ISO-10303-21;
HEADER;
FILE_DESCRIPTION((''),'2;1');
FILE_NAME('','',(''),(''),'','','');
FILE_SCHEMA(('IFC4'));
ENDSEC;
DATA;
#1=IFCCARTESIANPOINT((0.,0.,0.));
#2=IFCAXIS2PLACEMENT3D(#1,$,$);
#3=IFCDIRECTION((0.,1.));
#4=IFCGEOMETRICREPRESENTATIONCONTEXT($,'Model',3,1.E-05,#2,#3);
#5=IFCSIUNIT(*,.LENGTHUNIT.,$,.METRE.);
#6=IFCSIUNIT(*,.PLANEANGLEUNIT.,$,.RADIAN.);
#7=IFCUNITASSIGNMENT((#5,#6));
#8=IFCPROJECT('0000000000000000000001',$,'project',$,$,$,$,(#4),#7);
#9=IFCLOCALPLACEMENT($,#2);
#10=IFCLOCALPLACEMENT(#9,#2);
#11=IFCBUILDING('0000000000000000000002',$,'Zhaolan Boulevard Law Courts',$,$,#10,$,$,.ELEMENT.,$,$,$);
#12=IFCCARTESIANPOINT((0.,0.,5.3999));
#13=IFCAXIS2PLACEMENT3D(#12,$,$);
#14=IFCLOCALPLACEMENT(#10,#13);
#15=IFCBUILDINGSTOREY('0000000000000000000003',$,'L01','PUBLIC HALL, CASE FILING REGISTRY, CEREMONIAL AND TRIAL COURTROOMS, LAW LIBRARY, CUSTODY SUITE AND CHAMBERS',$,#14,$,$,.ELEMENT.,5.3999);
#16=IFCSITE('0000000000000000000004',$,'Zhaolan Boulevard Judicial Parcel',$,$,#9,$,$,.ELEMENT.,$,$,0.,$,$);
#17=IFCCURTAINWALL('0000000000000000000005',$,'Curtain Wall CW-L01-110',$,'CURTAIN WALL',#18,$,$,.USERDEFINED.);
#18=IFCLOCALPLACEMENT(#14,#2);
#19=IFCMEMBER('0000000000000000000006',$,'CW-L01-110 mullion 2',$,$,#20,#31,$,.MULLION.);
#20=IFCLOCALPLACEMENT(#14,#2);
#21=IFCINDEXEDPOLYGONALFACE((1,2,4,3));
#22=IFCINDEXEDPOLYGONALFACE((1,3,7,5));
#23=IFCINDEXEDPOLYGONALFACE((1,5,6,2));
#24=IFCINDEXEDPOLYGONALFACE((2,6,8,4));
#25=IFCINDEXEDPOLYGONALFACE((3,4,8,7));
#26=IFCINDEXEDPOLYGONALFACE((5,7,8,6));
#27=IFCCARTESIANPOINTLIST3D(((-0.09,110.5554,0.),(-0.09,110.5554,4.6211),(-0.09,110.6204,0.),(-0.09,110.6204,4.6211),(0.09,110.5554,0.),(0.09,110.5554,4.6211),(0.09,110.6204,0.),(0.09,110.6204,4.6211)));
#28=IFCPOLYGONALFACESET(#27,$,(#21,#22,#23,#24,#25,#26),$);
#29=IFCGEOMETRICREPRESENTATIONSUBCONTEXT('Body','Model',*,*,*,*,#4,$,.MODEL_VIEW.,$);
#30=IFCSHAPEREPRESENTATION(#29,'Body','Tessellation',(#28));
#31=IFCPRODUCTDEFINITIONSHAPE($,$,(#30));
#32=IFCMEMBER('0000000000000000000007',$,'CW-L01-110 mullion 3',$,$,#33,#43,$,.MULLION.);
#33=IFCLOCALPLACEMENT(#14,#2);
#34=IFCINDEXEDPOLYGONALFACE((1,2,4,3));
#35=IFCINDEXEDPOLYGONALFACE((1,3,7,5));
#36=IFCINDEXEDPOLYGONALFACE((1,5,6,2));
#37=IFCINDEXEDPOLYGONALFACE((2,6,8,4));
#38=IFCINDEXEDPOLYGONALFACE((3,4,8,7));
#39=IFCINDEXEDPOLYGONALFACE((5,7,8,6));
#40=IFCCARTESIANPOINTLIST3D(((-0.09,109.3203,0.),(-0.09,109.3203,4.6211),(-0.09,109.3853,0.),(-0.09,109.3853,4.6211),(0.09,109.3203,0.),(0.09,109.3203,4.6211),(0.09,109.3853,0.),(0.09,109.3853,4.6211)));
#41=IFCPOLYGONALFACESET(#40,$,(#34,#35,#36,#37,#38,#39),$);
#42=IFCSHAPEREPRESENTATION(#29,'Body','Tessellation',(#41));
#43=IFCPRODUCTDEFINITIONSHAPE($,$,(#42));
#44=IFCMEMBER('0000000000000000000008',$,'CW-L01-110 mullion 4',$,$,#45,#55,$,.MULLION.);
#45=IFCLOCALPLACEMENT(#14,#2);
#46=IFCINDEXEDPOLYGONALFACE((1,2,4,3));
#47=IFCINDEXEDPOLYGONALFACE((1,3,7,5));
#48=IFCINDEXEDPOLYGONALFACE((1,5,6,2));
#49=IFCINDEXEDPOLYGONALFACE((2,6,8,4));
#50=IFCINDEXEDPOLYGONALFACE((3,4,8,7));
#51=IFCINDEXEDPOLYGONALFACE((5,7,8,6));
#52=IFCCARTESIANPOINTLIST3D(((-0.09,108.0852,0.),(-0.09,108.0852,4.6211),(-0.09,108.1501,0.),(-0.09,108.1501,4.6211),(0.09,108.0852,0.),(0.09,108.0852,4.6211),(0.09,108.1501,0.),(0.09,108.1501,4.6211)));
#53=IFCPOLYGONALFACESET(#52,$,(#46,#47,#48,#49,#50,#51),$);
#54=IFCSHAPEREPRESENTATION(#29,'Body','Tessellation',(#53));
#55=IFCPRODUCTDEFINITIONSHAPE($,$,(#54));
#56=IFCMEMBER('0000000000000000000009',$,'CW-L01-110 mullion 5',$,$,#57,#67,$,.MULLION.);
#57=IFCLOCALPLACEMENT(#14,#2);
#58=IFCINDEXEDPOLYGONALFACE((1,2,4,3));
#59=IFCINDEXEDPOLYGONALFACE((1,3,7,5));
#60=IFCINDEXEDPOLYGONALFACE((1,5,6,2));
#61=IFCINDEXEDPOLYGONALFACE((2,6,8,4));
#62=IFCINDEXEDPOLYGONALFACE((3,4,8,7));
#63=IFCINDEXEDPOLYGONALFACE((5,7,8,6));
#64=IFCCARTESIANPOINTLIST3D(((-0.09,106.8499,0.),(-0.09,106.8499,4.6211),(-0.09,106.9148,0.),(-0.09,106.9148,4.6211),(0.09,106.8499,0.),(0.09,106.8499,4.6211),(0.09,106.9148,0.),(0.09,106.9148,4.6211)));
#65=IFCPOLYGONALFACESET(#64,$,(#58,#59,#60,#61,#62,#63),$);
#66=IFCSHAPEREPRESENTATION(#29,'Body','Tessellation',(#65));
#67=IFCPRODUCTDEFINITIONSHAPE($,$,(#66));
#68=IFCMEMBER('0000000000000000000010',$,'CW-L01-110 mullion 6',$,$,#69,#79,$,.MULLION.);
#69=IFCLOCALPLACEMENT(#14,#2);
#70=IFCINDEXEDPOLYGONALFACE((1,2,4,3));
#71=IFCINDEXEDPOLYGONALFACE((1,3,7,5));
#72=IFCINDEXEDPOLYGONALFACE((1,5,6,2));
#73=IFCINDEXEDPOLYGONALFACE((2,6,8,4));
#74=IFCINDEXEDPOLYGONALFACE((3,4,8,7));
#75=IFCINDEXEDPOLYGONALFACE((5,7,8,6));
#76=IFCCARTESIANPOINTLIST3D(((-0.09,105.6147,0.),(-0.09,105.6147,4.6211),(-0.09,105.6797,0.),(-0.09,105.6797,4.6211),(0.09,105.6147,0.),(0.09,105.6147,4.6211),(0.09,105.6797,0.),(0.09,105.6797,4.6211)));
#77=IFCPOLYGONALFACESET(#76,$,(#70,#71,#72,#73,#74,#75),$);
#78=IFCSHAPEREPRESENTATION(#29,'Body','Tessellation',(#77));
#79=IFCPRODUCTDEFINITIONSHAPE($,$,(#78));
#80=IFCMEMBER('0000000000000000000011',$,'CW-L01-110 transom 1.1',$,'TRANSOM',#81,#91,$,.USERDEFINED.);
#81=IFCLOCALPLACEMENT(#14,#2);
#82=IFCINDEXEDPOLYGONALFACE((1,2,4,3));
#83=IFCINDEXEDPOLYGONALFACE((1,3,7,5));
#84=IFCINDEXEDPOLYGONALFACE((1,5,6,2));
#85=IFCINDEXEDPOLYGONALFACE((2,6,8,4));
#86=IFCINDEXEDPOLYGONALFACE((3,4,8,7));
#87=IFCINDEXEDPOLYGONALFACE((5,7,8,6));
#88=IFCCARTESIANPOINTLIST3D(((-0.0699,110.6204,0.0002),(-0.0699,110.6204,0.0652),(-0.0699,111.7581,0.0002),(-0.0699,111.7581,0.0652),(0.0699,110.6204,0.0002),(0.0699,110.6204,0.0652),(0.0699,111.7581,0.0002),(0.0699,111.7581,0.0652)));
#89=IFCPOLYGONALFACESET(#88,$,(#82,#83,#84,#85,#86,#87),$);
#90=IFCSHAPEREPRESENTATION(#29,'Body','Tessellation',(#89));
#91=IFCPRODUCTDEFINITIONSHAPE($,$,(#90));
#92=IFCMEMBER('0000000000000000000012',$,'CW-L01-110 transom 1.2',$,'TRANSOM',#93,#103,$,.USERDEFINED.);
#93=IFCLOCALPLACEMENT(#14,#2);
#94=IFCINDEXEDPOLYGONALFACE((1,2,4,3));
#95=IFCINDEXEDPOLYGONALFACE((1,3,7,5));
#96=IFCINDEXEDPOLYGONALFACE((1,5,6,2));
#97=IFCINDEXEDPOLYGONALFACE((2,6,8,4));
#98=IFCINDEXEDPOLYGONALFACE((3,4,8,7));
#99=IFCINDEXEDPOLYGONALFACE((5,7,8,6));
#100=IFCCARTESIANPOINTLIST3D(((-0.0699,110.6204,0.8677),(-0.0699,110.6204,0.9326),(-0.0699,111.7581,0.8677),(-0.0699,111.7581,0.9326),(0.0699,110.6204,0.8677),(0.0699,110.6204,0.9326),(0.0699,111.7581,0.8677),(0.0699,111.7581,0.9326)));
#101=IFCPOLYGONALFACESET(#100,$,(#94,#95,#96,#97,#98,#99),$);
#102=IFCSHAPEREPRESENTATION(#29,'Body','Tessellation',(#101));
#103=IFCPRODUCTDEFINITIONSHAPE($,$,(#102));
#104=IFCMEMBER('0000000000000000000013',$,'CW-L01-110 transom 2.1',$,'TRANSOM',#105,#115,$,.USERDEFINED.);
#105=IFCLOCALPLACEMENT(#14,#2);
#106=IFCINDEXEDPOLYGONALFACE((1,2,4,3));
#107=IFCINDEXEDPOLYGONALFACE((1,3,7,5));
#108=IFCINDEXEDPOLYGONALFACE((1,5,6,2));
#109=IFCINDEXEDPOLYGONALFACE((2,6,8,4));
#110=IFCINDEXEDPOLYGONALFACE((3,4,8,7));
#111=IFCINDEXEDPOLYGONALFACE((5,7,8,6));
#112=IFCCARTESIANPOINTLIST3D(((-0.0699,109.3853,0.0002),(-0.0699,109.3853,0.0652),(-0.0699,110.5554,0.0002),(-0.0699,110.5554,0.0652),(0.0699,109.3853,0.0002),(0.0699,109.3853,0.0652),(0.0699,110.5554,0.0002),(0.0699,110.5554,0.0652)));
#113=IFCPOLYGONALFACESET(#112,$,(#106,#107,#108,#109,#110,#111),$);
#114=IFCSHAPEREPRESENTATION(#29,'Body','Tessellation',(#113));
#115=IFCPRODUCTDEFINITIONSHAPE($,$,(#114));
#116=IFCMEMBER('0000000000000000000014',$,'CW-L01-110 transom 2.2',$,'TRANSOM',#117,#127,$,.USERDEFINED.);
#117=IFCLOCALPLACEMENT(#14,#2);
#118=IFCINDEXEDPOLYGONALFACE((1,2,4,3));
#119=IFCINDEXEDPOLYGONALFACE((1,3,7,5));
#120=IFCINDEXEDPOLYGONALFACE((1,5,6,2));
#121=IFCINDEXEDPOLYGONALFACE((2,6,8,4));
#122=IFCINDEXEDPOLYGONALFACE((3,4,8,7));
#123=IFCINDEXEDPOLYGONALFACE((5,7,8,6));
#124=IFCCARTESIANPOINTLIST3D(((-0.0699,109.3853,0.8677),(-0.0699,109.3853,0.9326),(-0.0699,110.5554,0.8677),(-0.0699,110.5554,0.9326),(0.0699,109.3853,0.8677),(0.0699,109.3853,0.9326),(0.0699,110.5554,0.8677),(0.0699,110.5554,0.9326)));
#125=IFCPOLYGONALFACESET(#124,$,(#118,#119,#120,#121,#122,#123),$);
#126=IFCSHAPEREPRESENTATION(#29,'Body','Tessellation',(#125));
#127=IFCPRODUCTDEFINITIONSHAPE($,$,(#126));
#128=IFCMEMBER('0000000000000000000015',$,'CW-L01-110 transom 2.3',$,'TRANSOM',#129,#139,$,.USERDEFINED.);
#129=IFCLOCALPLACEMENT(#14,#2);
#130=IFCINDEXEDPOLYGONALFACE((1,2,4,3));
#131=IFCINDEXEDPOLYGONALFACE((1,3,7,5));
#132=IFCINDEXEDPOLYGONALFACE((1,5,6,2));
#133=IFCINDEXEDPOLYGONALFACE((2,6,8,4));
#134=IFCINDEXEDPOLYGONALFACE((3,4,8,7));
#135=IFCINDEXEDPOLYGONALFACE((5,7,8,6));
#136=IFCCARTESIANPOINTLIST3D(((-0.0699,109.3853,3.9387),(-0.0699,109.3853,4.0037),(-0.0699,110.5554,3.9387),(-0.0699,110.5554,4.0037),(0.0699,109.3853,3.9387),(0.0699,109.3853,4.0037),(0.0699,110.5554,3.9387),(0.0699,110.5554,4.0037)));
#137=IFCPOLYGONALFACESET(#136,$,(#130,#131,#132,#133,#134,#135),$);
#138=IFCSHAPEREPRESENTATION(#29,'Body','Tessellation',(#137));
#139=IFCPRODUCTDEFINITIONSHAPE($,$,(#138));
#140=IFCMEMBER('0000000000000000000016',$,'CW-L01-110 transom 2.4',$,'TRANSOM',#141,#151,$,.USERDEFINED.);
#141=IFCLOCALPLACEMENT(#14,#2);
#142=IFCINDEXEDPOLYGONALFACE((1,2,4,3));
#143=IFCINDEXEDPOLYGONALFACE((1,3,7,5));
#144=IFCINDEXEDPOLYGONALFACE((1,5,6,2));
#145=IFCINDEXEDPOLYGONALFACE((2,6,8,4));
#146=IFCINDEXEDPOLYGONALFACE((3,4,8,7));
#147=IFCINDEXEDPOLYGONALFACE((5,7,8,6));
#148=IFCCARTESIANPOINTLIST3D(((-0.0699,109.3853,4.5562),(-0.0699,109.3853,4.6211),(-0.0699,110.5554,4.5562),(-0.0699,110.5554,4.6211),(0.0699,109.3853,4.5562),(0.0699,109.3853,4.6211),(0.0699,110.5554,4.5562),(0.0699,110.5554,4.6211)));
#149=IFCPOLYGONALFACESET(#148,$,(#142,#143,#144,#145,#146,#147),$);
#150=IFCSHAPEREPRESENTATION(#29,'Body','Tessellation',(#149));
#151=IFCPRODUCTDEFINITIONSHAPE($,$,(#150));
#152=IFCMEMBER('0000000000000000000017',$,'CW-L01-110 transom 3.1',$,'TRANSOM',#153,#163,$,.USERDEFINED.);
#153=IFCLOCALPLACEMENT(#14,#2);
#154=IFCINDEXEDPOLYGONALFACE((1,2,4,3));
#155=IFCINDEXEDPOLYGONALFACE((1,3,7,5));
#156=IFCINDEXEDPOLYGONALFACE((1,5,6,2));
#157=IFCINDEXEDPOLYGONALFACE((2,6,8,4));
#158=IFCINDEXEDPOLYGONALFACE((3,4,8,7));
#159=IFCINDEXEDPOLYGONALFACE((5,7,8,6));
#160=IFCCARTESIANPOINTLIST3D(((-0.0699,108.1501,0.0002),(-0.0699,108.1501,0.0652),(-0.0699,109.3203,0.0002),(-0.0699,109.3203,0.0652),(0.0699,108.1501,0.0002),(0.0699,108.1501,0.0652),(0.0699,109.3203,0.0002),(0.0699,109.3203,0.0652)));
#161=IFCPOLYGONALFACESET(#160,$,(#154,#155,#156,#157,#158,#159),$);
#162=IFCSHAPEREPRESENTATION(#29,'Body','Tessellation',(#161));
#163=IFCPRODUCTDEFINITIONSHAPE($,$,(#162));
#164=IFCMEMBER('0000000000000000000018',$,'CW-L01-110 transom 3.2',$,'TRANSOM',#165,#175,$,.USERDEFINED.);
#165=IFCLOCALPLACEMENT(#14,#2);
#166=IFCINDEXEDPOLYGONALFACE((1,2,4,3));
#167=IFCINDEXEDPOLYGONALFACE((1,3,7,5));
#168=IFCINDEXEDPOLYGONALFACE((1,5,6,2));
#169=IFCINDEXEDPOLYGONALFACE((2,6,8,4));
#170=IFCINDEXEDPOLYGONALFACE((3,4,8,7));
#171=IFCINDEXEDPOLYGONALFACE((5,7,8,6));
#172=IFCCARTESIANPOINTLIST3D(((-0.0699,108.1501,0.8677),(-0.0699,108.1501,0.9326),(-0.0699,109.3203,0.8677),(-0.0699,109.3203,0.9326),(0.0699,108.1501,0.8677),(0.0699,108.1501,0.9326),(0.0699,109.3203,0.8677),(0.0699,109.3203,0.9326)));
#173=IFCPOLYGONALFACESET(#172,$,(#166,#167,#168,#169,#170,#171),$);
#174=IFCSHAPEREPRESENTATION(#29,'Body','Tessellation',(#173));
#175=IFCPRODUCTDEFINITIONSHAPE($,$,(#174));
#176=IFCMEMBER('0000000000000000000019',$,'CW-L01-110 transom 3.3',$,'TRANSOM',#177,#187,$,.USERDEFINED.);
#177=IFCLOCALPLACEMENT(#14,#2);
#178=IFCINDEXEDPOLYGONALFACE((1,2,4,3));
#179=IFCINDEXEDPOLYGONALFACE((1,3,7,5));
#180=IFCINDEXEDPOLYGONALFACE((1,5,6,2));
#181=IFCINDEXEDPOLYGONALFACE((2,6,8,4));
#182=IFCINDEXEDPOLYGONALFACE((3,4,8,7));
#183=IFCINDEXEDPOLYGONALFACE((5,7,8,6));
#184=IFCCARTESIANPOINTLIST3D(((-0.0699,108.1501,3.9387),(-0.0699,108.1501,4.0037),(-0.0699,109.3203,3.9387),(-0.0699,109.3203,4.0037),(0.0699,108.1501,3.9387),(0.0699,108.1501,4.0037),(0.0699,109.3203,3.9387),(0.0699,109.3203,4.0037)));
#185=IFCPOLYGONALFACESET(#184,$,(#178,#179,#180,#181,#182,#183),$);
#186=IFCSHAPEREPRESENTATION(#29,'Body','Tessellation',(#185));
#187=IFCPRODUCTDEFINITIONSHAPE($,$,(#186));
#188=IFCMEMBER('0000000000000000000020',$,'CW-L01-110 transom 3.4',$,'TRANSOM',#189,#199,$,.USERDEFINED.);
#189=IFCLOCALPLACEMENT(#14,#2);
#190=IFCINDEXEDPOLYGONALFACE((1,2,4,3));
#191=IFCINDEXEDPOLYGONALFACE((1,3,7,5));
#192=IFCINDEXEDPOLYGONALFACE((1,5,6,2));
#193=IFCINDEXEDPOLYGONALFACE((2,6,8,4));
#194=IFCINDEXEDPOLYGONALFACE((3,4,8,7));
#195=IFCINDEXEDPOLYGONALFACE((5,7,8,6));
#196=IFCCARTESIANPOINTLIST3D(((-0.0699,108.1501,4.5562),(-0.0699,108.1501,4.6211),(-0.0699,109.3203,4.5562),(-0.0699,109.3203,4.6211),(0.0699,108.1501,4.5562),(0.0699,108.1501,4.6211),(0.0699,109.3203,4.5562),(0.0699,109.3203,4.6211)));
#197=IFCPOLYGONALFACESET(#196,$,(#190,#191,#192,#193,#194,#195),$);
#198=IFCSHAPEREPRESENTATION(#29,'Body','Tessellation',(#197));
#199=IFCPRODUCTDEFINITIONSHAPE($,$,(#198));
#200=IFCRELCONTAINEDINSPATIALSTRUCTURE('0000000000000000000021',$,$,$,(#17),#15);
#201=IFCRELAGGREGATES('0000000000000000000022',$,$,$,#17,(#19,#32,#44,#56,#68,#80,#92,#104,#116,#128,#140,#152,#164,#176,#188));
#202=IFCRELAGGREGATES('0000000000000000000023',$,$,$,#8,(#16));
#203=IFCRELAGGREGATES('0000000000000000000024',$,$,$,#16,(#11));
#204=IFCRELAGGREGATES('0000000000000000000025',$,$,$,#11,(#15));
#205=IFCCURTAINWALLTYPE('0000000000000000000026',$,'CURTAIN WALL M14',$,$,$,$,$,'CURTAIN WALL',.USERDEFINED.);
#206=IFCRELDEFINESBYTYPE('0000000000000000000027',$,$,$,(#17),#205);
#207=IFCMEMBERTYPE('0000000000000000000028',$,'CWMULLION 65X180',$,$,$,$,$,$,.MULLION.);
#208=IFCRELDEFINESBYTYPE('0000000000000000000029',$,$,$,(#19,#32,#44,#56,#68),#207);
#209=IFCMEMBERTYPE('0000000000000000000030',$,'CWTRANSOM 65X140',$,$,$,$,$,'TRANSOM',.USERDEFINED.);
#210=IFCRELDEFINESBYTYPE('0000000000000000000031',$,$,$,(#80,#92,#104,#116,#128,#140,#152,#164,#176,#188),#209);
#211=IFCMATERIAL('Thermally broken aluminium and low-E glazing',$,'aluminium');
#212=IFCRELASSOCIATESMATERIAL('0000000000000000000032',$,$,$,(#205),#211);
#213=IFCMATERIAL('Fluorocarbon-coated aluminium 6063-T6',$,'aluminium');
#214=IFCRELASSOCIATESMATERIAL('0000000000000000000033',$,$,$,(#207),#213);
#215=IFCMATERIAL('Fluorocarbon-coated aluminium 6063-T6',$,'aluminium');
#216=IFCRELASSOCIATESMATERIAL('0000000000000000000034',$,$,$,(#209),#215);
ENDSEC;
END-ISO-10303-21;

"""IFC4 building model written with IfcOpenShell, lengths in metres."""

from ifc_helpers import new_model, si_unit, direction, frame, origin, origin_2d, place, context, subcontext, project, spatial, rectangle, extrude, material, material_profile, profile_set, type_object, element, aggregate, save


model = new_model("IFC4")

# Units and contexts
model_context = context("Model", 3, precision=1e-05, world=origin(), true_north=direction((0.0, 1.0)))
body_context = subcontext(model_context, "Body", "Model", "MODEL_VIEW")
ifc_project = project(units=[si_unit("LENGTHUNIT", "METRE"), si_unit("PLANEANGLEUNIT", "RADIAN")], contexts=[model_context])

# Site, building, storey
site_placement = place(None, origin())
site = spatial("IfcSite", under=ifc_project, at=site_placement, Name="Zhaolan Boulevard Judicial Parcel", CompositionType="ELEMENT", RefElevation=0.0)
building_placement = place(site_placement, origin())
building = spatial("IfcBuilding", under=site, at=building_placement, Name="Zhaolan Boulevard Law Courts", CompositionType="ELEMENT")
storey_placement = place(building_placement, frame((0.0, 0.0, 5.3999)))
storey = spatial("IfcBuildingStorey", under=building, at=storey_placement, Name="L01", Description="PUBLIC HALL, CASE FILING REGISTRY, CEREMONIAL AND TRIAL COURTROOMS, LAW LIBRARY, CUSTODY SUITE AND CHAMBERS", CompositionType="ELEMENT", Elevation=5.3999)

# Curtain wall, members
ifc_material_1 = material(Name="Thermally broken aluminium and low-E glazing", Category="aluminium")
curtain_wall_type = type_object("IfcCurtainWallType", Name="CURTAIN WALL M14", ElementType="CURTAIN WALL", PredefinedType="USERDEFINED", material=ifc_material_1)
curtain_wall_placement = place(storey_placement, origin())
curtain_wall = element("IfcCurtainWall", 1, at=curtain_wall_placement, inside=storey, type_object=curtain_wall_type, Name="Curtain Wall CW-L01-110", ObjectType="CURTAIN WALL", PredefinedType="USERDEFINED")
ifc_material_2 = material(Name="Fluorocarbon-coated aluminium 6063-T6", Category="aluminium")
ifc_material_profile_1 = material_profile(ifc_material_2, rectangle(XDim=0.1799, YDim=0.0649, at=origin_2d()), Name="AL65x180")
ifc_profile_set_1 = profile_set([ifc_material_profile_1], Name="Fluorocarbon-coated aluminium 6063-T6")
member_type_1 = type_object("IfcMemberType", Name="CWMULLION 65X180", PredefinedType="MULLION", material=ifc_profile_set_1)
member_1_placement = place(storey_placement, frame((0.0, 110.5879, 0.0), z_axis=(0.0, 0.0, 1.0), x_axis=(1.0, 0.0, 0.0)))
member_1 = element("IfcMember", 2, at=member_1_placement, type_object=member_type_1, Name="CW-L01-110 mullion 2", PredefinedType="MULLION", context=body_context, shape_type="SweptSolid", body=[
    extrude(rectangle(XDim=0.1799, YDim=0.0649, at=origin_2d()), origin(), (0.0, 0.0, 1.0), 4.6211),
])
member_2_placement = place(storey_placement, frame((0.0, 109.3528, 0.0), z_axis=(0.0, 0.0, 1.0), x_axis=(1.0, 0.0, 0.0)))
member_2 = element("IfcMember", 3, at=member_2_placement, type_object=member_type_1, Name="CW-L01-110 mullion 3", PredefinedType="MULLION", context=body_context, shape_type="SweptSolid", body=[
    extrude(rectangle(XDim=0.1799, YDim=0.0649, at=origin_2d()), origin(), (0.0, 0.0, 1.0), 4.6211),
])
member_3_placement = place(storey_placement, frame((0.0, 108.1177, 0.0), z_axis=(0.0, 0.0, 1.0), x_axis=(1.0, 0.0, 0.0)))
member_3 = element("IfcMember", 4, at=member_3_placement, type_object=member_type_1, Name="CW-L01-110 mullion 4", PredefinedType="MULLION", context=body_context, shape_type="SweptSolid", body=[
    extrude(rectangle(XDim=0.1799, YDim=0.0649, at=origin_2d()), origin(), (0.0, 0.0, 1.0), 4.6211),
])
member_4_placement = place(storey_placement, frame((0.0, 106.8823, 0.0), z_axis=(0.0, 0.0, 1.0), x_axis=(1.0, 0.0, 0.0)))
member_4 = element("IfcMember", 5, at=member_4_placement, type_object=member_type_1, Name="CW-L01-110 mullion 5", PredefinedType="MULLION", context=body_context, shape_type="SweptSolid", body=[
    extrude(rectangle(XDim=0.1799, YDim=0.0649, at=origin_2d()), origin(), (0.0, 0.0, 1.0), 4.6211),
])
member_5_placement = place(storey_placement, frame((0.0, 105.6472, 0.0), z_axis=(0.0, 0.0, 1.0), x_axis=(1.0, 0.0, 0.0)))
member_5 = element("IfcMember", 6, at=member_5_placement, type_object=member_type_1, Name="CW-L01-110 mullion 6", PredefinedType="MULLION", context=body_context, shape_type="SweptSolid", body=[
    extrude(rectangle(XDim=0.1799, YDim=0.0649, at=origin_2d()), origin(), (0.0, 0.0, 1.0), 4.6211),
])
ifc_material_3 = material(Name="Fluorocarbon-coated aluminium 6063-T6", Category="aluminium")
ifc_material_profile_2 = material_profile(ifc_material_3, rectangle(XDim=0.1399, YDim=0.0649, at=origin_2d()), Name="AL65x140")
ifc_profile_set_2 = profile_set([ifc_material_profile_2], Name="Fluorocarbon-coated aluminium 6063-T6")
member_type_2 = type_object("IfcMemberType", Name="CWTRANSOM 65X140", ElementType="TRANSOM", PredefinedType="USERDEFINED", material=ifc_profile_set_2)
member_6_placement = place(storey_placement, frame((0.0, 111.7581, 0.0327), z_axis=(0.0, -1.0, 0.0), x_axis=(1.0, 0.0, 0.0)))
member_6 = element("IfcMember", 7, at=member_6_placement, type_object=member_type_2, Name="CW-L01-110 transom 1.1", ObjectType="TRANSOM", PredefinedType="USERDEFINED", context=body_context, shape_type="SweptSolid", body=[
    extrude(rectangle(XDim=0.1399, YDim=0.0649, at=origin_2d()), origin(), (0.0, 0.0, 1.0), 1.1377),
])
member_7_placement = place(storey_placement, frame((0.0, 111.7581, 0.9001), z_axis=(0.0, -1.0, 0.0), x_axis=(1.0, 0.0, 0.0)))
member_7 = element("IfcMember", 8, at=member_7_placement, type_object=member_type_2, Name="CW-L01-110 transom 1.2", ObjectType="TRANSOM", PredefinedType="USERDEFINED", context=body_context, shape_type="SweptSolid", body=[
    extrude(rectangle(XDim=0.1399, YDim=0.0649, at=origin_2d()), origin(), (0.0, 0.0, 1.0), 1.1377),
])
member_8_placement = place(storey_placement, frame((0.0, 110.5554, 0.0327), z_axis=(0.0, -1.0, 0.0), x_axis=(1.0, 0.0, 0.0)))
member_8 = element("IfcMember", 9, at=member_8_placement, type_object=member_type_2, Name="CW-L01-110 transom 2.1", ObjectType="TRANSOM", PredefinedType="USERDEFINED", context=body_context, shape_type="SweptSolid", body=[
    extrude(rectangle(XDim=0.1399, YDim=0.0649, at=origin_2d()), origin(), (0.0, 0.0, 1.0), 1.1702),
])
member_9_placement = place(storey_placement, frame((0.0, 110.5554, 0.9001), z_axis=(0.0, -1.0, 0.0), x_axis=(1.0, 0.0, 0.0)))
member_9 = element("IfcMember", 10, at=member_9_placement, type_object=member_type_2, Name="CW-L01-110 transom 2.2", ObjectType="TRANSOM", PredefinedType="USERDEFINED", context=body_context, shape_type="SweptSolid", body=[
    extrude(rectangle(XDim=0.1399, YDim=0.0649, at=origin_2d()), origin(), (0.0, 0.0, 1.0), 1.1702),
])
member_10_placement = place(storey_placement, frame((0.0, 110.5554, 3.9712), z_axis=(0.0, -1.0, 0.0), x_axis=(1.0, 0.0, 0.0)))
member_10 = element("IfcMember", 11, at=member_10_placement, type_object=member_type_2, Name="CW-L01-110 transom 2.3", ObjectType="TRANSOM", PredefinedType="USERDEFINED", context=body_context, shape_type="SweptSolid", body=[
    extrude(rectangle(XDim=0.1399, YDim=0.0649, at=origin_2d()), origin(), (0.0, 0.0, 1.0), 1.1702),
])
member_11_placement = place(storey_placement, frame((0.0, 110.5554, 4.5886), z_axis=(0.0, -1.0, 0.0), x_axis=(1.0, 0.0, 0.0)))
member_11 = element("IfcMember", 12, at=member_11_placement, type_object=member_type_2, Name="CW-L01-110 transom 2.4", ObjectType="TRANSOM", PredefinedType="USERDEFINED", context=body_context, shape_type="SweptSolid", body=[
    extrude(rectangle(XDim=0.1399, YDim=0.0649, at=origin_2d()), origin(), (0.0, 0.0, 1.0), 1.1702),
])
member_12_placement = place(storey_placement, frame((0.0, 109.3203, 0.0327), z_axis=(0.0, -1.0, 0.0), x_axis=(1.0, 0.0, 0.0)))
member_12 = element("IfcMember", 13, at=member_12_placement, type_object=member_type_2, Name="CW-L01-110 transom 3.1", ObjectType="TRANSOM", PredefinedType="USERDEFINED", context=body_context, shape_type="SweptSolid", body=[
    extrude(rectangle(XDim=0.1399, YDim=0.0649, at=origin_2d()), origin(), (0.0, 0.0, 1.0), 1.1702),
])
member_13_placement = place(storey_placement, frame((0.0, 109.3203, 0.9001), z_axis=(0.0, -1.0, 0.0), x_axis=(1.0, 0.0, 0.0)))
member_13 = element("IfcMember", 14, at=member_13_placement, type_object=member_type_2, Name="CW-L01-110 transom 3.2", ObjectType="TRANSOM", PredefinedType="USERDEFINED", context=body_context, shape_type="SweptSolid", body=[
    extrude(rectangle(XDim=0.1399, YDim=0.0649, at=origin_2d()), origin(), (0.0, 0.0, 1.0), 1.1702),
])
member_14_placement = place(storey_placement, frame((0.0, 109.3203, 3.9712), z_axis=(0.0, -1.0, 0.0), x_axis=(1.0, 0.0, 0.0)))
member_14 = element("IfcMember", 15, at=member_14_placement, type_object=member_type_2, Name="CW-L01-110 transom 3.3", ObjectType="TRANSOM", PredefinedType="USERDEFINED", context=body_context, shape_type="SweptSolid", body=[
    extrude(rectangle(XDim=0.1399, YDim=0.0649, at=origin_2d()), origin(), (0.0, 0.0, 1.0), 1.1702),
])
member_15_placement = place(storey_placement, frame((0.0, 109.3203, 4.5886), z_axis=(0.0, -1.0, 0.0), x_axis=(1.0, 0.0, 0.0)))
member_15 = element("IfcMember", 16, at=member_15_placement, type_object=member_type_2, Name="CW-L01-110 transom 3.4", ObjectType="TRANSOM", PredefinedType="USERDEFINED", context=body_context, shape_type="SweptSolid", body=[
    extrude(rectangle(XDim=0.1399, YDim=0.0649, at=origin_2d()), origin(), (0.0, 0.0, 1.0), 1.1702),
])
aggregate(curtain_wall, [member_1, member_2, member_3, member_4, member_5, member_6, member_7, member_8, member_9, member_10, member_11, member_12, member_13, member_14, member_15])

save(model, "model.ifc")
